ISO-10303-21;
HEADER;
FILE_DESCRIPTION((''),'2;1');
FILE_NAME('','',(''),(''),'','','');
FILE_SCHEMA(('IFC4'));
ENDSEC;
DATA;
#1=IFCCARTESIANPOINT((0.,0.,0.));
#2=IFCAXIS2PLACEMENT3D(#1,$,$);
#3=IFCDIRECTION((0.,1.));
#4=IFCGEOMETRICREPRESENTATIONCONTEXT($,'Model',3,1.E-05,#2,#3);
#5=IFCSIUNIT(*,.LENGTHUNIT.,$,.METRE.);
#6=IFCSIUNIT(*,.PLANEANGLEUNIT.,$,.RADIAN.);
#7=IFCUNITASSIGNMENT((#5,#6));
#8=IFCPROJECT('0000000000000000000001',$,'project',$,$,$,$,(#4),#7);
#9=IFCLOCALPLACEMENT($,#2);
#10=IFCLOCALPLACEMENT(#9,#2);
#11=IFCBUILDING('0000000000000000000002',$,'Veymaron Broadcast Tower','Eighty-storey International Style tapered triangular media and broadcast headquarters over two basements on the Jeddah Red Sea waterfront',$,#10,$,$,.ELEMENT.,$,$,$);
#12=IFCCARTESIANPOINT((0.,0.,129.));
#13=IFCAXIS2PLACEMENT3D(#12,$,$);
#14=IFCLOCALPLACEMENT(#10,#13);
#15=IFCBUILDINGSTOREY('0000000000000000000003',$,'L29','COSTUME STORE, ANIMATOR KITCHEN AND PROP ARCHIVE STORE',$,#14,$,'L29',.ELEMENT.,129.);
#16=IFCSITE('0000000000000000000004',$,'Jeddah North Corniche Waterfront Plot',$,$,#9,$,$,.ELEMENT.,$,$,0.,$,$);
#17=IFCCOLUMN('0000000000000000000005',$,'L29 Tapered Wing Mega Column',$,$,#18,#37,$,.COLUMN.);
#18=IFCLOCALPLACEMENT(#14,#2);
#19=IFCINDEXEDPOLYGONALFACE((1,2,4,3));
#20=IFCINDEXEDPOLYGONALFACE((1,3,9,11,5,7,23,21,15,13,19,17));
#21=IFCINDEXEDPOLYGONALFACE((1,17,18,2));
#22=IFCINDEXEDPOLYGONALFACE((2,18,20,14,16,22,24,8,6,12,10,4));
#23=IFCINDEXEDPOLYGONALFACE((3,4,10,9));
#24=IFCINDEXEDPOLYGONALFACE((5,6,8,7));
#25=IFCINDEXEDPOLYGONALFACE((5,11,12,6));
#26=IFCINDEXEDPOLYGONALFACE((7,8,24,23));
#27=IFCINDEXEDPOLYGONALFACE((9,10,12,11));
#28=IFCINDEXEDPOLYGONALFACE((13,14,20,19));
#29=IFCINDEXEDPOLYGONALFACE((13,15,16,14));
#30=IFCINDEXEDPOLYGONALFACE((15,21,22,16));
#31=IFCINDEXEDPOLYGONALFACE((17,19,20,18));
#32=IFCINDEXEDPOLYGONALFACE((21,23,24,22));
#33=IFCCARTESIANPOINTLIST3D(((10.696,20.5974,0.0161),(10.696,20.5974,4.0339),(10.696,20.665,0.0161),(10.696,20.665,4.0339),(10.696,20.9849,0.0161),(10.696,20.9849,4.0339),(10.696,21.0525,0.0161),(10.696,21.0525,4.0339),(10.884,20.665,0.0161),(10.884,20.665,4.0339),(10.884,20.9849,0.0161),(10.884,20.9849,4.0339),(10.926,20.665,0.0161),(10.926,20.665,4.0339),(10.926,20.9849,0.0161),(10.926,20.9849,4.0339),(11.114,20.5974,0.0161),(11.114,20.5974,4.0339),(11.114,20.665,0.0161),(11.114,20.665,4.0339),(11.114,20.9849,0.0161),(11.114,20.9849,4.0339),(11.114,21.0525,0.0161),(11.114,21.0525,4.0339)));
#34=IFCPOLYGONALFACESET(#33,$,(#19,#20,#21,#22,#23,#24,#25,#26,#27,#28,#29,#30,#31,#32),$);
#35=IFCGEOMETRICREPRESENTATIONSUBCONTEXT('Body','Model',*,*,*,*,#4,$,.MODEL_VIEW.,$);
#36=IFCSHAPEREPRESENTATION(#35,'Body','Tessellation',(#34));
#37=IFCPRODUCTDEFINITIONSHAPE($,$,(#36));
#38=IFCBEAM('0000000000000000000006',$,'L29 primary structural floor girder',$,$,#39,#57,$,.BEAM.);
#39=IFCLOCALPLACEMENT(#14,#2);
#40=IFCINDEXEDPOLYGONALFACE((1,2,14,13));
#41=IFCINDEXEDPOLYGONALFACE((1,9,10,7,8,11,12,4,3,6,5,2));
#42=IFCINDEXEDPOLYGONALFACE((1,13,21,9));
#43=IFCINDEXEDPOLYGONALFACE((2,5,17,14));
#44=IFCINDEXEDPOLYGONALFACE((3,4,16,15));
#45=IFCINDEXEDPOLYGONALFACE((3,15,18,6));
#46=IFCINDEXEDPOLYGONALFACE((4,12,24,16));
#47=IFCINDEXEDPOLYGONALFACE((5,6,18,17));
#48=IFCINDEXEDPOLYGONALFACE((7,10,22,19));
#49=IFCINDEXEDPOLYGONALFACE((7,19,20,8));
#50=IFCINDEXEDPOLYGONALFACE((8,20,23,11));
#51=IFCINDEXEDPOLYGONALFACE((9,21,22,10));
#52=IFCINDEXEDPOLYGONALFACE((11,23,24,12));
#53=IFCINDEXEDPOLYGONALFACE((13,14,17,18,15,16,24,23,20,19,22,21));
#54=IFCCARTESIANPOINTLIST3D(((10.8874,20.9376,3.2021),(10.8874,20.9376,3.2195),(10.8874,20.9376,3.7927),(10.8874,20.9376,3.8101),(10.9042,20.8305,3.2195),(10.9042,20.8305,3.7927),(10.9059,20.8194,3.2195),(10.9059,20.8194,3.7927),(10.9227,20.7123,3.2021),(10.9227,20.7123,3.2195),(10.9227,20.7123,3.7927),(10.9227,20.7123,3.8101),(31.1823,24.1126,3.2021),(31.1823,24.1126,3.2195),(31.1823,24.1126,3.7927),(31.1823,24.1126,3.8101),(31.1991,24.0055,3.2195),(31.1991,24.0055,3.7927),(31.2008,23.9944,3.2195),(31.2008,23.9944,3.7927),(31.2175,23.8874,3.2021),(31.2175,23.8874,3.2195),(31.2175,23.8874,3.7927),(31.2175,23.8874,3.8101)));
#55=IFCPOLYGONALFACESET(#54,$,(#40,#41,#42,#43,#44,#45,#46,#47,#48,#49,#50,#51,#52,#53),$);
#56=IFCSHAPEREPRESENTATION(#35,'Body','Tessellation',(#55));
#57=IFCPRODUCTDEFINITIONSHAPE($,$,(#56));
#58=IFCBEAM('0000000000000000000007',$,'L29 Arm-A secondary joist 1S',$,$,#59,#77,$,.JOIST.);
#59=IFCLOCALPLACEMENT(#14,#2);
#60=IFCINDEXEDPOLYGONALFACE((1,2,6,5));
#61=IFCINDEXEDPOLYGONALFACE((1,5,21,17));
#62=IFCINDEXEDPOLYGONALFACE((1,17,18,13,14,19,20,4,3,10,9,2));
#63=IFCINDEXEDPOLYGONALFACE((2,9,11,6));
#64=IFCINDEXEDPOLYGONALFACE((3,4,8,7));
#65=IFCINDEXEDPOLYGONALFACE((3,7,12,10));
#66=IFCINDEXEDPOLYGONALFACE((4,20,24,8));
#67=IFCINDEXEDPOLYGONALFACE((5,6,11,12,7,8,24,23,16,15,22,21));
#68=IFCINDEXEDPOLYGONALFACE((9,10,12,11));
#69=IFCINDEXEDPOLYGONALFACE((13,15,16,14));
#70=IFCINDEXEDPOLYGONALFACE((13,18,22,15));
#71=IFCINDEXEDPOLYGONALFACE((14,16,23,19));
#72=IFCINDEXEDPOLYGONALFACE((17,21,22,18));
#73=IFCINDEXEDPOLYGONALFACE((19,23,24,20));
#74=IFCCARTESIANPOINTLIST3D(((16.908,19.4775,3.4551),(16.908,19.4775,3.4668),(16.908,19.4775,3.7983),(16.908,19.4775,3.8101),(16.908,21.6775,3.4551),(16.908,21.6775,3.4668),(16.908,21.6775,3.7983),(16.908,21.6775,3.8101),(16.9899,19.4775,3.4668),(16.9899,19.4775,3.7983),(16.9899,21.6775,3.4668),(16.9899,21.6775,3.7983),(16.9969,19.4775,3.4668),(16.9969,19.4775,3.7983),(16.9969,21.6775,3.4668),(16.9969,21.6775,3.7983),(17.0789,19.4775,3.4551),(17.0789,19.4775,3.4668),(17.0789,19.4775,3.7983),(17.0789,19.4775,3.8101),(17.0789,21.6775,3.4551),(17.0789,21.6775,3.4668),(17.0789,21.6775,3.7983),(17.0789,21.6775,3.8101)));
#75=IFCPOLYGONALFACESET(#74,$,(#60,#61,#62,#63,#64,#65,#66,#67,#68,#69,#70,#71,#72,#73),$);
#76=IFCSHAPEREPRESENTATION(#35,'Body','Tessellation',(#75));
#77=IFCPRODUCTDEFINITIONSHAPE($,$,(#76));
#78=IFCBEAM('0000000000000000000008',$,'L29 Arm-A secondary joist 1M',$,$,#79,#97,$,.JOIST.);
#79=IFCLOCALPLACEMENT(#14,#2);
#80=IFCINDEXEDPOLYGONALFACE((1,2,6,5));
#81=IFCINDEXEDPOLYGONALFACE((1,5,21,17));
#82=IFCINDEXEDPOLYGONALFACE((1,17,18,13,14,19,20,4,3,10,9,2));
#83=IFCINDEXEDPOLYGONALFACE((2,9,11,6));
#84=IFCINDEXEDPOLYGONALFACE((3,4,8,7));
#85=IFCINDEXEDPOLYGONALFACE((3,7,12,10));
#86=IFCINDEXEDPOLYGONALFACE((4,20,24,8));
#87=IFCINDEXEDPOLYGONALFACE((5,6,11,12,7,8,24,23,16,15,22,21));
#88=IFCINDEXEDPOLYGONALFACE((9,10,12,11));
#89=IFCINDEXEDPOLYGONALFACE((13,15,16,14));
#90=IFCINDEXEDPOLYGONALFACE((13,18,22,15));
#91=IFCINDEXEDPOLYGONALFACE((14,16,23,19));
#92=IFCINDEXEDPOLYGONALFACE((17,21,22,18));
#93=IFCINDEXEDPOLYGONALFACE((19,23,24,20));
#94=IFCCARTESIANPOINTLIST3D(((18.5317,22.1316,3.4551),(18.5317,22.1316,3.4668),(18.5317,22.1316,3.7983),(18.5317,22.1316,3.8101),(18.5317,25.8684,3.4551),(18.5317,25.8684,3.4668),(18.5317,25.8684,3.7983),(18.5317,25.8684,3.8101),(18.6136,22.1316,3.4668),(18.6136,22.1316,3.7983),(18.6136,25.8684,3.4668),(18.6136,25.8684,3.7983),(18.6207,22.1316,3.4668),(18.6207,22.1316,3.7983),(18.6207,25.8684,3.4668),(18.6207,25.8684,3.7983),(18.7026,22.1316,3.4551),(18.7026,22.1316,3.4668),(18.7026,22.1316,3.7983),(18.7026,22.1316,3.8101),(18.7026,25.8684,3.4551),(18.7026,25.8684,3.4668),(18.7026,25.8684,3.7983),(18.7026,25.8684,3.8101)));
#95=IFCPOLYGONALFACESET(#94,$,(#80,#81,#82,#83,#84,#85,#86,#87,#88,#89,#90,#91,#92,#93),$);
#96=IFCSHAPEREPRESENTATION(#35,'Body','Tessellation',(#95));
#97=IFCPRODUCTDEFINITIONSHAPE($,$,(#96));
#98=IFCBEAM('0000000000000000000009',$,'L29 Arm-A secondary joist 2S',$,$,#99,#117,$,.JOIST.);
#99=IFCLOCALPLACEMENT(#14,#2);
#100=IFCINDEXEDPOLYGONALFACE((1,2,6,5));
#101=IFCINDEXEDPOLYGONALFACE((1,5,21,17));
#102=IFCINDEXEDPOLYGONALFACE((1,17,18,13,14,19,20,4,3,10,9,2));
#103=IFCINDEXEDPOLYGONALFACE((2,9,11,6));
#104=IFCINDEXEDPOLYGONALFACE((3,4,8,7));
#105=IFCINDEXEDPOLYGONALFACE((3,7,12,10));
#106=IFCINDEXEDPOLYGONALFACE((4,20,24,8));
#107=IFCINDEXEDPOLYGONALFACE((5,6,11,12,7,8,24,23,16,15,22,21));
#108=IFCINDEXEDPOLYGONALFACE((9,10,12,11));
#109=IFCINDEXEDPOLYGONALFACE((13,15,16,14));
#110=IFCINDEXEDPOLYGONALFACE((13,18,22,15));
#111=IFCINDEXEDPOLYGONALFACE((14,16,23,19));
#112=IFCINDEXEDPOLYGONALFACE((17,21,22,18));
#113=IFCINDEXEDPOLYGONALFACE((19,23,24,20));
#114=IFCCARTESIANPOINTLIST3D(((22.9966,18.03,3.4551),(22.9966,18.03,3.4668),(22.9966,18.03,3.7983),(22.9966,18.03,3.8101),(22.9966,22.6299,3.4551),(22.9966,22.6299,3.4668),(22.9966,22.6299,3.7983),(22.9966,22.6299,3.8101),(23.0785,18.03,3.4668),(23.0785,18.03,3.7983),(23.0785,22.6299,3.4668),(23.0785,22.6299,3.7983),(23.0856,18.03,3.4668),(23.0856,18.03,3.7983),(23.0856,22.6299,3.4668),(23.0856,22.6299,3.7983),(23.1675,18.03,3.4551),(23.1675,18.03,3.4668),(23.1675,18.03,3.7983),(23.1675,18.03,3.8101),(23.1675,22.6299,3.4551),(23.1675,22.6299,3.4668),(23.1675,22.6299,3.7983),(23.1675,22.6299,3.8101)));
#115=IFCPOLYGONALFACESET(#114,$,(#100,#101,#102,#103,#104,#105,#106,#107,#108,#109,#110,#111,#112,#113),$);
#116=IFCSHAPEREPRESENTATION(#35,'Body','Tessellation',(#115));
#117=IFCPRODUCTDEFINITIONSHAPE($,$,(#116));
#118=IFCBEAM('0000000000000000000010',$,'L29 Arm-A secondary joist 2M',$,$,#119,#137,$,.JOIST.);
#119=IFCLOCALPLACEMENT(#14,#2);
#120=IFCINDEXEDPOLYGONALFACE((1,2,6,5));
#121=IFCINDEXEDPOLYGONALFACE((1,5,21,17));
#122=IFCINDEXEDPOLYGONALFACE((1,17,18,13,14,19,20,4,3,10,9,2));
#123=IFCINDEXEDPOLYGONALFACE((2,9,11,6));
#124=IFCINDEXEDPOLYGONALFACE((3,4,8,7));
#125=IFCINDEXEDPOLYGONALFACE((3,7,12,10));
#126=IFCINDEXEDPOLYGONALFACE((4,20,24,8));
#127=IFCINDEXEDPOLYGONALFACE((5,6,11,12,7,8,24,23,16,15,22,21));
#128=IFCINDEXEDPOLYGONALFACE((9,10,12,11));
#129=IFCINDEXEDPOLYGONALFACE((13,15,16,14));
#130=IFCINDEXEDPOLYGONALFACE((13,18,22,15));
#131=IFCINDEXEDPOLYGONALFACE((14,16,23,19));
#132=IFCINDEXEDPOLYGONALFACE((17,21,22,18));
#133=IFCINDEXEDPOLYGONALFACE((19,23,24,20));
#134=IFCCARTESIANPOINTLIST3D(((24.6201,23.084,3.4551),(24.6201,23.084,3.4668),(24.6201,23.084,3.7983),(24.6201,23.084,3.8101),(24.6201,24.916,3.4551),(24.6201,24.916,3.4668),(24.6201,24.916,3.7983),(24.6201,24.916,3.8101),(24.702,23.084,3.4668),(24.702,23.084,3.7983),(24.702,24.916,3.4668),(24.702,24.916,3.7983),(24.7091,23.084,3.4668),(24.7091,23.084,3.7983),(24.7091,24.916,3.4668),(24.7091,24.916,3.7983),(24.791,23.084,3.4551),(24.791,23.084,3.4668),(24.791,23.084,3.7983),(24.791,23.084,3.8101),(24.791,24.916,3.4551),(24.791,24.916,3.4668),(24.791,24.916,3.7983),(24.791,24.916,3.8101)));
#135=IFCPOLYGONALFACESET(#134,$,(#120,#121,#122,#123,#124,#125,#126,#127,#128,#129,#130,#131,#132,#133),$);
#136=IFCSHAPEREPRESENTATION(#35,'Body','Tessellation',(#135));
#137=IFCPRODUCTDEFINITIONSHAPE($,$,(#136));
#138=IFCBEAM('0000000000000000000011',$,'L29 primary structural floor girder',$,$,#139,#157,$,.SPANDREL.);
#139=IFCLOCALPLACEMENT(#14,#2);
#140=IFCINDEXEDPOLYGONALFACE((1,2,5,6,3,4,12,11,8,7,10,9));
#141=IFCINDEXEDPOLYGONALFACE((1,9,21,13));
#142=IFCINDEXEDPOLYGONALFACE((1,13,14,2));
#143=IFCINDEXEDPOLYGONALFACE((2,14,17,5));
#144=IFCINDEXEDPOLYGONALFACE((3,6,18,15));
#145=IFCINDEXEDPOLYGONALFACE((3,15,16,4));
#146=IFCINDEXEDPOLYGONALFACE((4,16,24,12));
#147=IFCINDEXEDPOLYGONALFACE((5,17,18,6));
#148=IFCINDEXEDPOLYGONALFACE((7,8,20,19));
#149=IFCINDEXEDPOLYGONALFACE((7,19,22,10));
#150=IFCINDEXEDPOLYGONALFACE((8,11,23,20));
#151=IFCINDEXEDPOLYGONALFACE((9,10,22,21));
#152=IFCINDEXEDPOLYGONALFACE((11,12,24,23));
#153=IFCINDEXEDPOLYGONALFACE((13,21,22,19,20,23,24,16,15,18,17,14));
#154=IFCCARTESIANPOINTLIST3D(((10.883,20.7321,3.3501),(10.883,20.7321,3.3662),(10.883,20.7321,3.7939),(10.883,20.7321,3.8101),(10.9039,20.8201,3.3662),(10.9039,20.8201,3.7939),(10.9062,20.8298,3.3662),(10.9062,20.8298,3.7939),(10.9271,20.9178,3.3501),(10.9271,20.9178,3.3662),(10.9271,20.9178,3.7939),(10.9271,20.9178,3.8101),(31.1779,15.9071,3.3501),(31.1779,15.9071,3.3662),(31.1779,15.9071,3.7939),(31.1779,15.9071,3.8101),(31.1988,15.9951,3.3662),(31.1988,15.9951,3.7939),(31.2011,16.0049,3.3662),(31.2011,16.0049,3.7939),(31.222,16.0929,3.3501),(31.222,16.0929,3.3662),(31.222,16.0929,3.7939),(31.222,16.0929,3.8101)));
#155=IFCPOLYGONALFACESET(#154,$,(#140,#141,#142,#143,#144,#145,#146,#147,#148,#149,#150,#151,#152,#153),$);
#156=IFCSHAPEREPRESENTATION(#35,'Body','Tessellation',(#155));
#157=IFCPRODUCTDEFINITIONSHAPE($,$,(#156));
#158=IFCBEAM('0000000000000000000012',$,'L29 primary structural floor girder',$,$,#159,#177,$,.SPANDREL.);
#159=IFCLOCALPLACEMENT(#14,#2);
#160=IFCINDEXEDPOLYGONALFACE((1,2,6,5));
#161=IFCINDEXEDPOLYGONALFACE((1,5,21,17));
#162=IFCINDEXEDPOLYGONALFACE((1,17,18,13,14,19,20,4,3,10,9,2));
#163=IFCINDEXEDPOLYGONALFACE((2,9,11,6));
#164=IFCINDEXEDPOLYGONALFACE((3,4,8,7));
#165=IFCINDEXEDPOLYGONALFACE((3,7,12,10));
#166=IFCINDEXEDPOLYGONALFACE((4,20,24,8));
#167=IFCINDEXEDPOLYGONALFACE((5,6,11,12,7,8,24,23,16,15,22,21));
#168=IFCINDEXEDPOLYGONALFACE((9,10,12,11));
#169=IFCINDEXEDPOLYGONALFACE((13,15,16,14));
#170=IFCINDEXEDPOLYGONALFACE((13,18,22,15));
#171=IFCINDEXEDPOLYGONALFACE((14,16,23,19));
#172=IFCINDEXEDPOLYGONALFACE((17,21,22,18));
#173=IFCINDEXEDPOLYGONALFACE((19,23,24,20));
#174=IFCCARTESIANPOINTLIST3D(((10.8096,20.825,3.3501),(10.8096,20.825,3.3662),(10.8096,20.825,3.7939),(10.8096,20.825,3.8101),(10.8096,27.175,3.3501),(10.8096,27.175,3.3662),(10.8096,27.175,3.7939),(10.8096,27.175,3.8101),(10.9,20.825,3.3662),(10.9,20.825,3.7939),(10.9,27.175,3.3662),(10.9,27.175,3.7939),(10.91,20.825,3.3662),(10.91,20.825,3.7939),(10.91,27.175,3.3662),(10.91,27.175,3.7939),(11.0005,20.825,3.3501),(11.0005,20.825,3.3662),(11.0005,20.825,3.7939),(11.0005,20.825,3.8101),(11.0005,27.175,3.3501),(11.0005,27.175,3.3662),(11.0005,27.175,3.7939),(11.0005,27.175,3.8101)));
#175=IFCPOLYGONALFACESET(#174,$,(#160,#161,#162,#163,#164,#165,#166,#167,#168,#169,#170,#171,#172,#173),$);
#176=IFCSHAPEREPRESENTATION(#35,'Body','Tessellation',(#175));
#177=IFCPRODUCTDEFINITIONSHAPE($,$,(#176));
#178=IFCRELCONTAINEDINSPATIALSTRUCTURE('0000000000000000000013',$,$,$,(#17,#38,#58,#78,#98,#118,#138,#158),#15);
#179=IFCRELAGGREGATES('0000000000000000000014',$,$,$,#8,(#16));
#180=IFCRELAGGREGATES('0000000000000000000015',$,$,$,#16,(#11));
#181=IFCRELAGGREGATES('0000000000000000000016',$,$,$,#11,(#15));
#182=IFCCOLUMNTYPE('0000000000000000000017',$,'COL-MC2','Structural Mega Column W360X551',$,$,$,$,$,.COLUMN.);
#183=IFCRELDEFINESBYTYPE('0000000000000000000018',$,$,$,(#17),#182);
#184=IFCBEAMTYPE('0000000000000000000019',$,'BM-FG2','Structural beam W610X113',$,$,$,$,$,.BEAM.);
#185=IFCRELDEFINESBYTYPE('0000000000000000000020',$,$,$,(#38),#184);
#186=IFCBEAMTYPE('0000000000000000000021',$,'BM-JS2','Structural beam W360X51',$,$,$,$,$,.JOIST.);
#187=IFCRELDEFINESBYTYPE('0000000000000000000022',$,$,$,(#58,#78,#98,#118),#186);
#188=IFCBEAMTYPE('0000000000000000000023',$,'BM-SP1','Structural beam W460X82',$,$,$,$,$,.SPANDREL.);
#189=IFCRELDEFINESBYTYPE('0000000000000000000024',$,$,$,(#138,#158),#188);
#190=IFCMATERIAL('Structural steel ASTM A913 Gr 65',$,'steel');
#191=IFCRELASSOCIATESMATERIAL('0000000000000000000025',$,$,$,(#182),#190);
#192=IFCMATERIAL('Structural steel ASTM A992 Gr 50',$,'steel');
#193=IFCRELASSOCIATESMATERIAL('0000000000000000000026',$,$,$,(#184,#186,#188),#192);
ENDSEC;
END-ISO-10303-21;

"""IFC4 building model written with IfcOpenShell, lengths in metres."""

from ifc_helpers import new_model, si_unit, direction, frame, origin, origin_2d, place, context, subcontext, project, spatial, i_section, extrude, material, material_profile, profile_set, type_object, element, save


model = new_model("IFC4")

# Units and contexts
model_context = context("Model", 3, precision=1e-05, world=origin(), true_north=direction((0.0, 1.0)))
body_context = subcontext(model_context, "Body", "Model", "MODEL_VIEW")
ifc_project = project(units=[si_unit("LENGTHUNIT", "METRE"), si_unit("PLANEANGLEUNIT", "RADIAN")], contexts=[model_context])

# Site, building, storey
site_placement = place(None, origin())
site = spatial("IfcSite", under=ifc_project, at=site_placement, Name="Jeddah North Corniche Waterfront Plot", CompositionType="ELEMENT", RefElevation=0.0)
building_placement = place(site_placement, origin())
building = spatial("IfcBuilding", under=site, at=building_placement, Name="Veymaron Broadcast Tower", Description="Eighty-storey International Style tapered triangular media and broadcast headquarters over two basements on the Jeddah Red Sea waterfront", CompositionType="ELEMENT")
storey_placement = place(building_placement, frame((0.0, 0.0, 129.0)))
storey = spatial("IfcBuildingStorey", under=building, at=storey_placement, Name="L29", Description="COSTUME STORE, ANIMATOR KITCHEN AND PROP ARCHIVE STORE", LongName="L29", CompositionType="ELEMENT", Elevation=129.0)

# Column
ifc_material_1 = material(Name="Structural steel ASTM A913 Gr 65", Category="steel")
ifc_material_profile_1 = material_profile(ifc_material_1, i_section(OverallWidth=0.418, OverallDepth=0.4551, WebThickness=0.042, FlangeThickness=0.0676, at=origin_2d()), Name="W360X551")
ifc_profile_set_1 = profile_set([ifc_material_profile_1], Name="Structural steel ASTM A913 Gr 65")
column_type = type_object("IfcColumnType", Name="COL-MC2", Description="Structural Mega Column W360X551", PredefinedType="COLUMN", material=ifc_profile_set_1)
column_placement = place(storey_placement, frame((10.905, 20.825, 0.0161), z_axis=(0.0, 0.0, 1.0), x_axis=(1.0, 0.0, 0.0)))
element("IfcColumn", 1, at=column_placement, inside=storey, type_object=column_type, Name="L29 Tapered Wing Mega Column", PredefinedType="COLUMN", context=body_context, shape_type="SweptSolid", body=[
    extrude(i_section(OverallWidth=0.418, OverallDepth=0.4551, WebThickness=0.042, FlangeThickness=0.0676, at=origin_2d()), origin(), (0.0, 0.0, 1.0), 4.0178),
])

# Beams
ifc_material_2 = material(Name="Structural steel ASTM A992 Gr 50", Category="steel")
ifc_material_profile_2 = material_profile(ifc_material_2, i_section(OverallWidth=0.228, OverallDepth=0.6079, WebThickness=0.0112, FlangeThickness=0.0173, at=origin_2d()), Name="W610X113")
ifc_profile_set_2 = profile_set([ifc_material_profile_2], Name="Structural steel ASTM A992 Gr 50")
beam_type_1 = type_object("IfcBeamType", Name="BM-FG2", Description="Structural beam W610X113", PredefinedType="BEAM", material=ifc_profile_set_2)
beam_1_placement = place(storey_placement, frame((10.905, 20.825, 3.5061), z_axis=(0.987983, 0.154565, 0.0), x_axis=(-0.154565, 0.987983, 0.0)))
element("IfcBeam", 2, at=beam_1_placement, inside=storey, type_object=beam_type_1, Name="L29 primary structural floor girder", PredefinedType="BEAM", context=body_context, shape_type="SweptSolid", body=[
    extrude(i_section(OverallWidth=0.228, OverallDepth=0.6079, WebThickness=0.0112, FlangeThickness=0.0173, at=origin_2d()), origin(), (0.0, 0.0, 1.0), 20.5417),
])
ifc_material_profile_3 = material_profile(ifc_material_2, i_section(OverallWidth=0.1709, OverallDepth=0.355, WebThickness=0.0071, FlangeThickness=0.0117, at=origin_2d()), Name="W360X51")
ifc_profile_set_3 = profile_set([ifc_material_profile_3], Name="Structural steel ASTM A992 Gr 50")
beam_type_2 = type_object("IfcBeamType", Name="BM-JS2", Description="Structural beam W360X51", PredefinedType="JOIST", material=ifc_profile_set_3)
beam_2_placement = place(storey_placement, frame((16.9934, 19.4775, 3.6326), z_axis=(0.0, 1.0, 0.0), x_axis=(-1.0, 0.0, 0.0)))
element("IfcBeam", 3, at=beam_2_placement, inside=storey, type_object=beam_type_2, Name="L29 Arm-A secondary joist 1S", PredefinedType="JOIST", context=body_context, shape_type="SweptSolid", body=[
    extrude(i_section(OverallWidth=0.1709, OverallDepth=0.355, WebThickness=0.0071, FlangeThickness=0.0117, at=origin_2d()), origin(), (0.0, 0.0, 1.0), 2.2),
])
beam_3_placement = place(storey_placement, frame((18.6172, 22.1316, 3.6326), z_axis=(0.0, 1.0, 0.0), x_axis=(-1.0, 0.0, 0.0)))
element("IfcBeam", 4, at=beam_3_placement, inside=storey, type_object=beam_type_2, Name="L29 Arm-A secondary joist 1M", PredefinedType="JOIST", context=body_context, shape_type="SweptSolid", body=[
    extrude(i_section(OverallWidth=0.1709, OverallDepth=0.355, WebThickness=0.0071, FlangeThickness=0.0117, at=origin_2d()), origin(), (0.0, 0.0, 1.0), 3.7368),
])
beam_4_placement = place(storey_placement, frame((23.082, 18.03, 3.6326), z_axis=(0.0, 1.0, 0.0), x_axis=(-1.0, 0.0, 0.0)))
element("IfcBeam", 5, at=beam_4_placement, inside=storey, type_object=beam_type_2, Name="L29 Arm-A secondary joist 2S", PredefinedType="JOIST", context=body_context, shape_type="SweptSolid", body=[
    extrude(i_section(OverallWidth=0.1709, OverallDepth=0.355, WebThickness=0.0071, FlangeThickness=0.0117, at=origin_2d()), origin(), (0.0, 0.0, 1.0), 4.5999),
])
beam_5_placement = place(storey_placement, frame((24.7056, 23.084, 3.6326), z_axis=(0.0, 1.0, 0.0), x_axis=(-1.0, 0.0, 0.0)))
element("IfcBeam", 6, at=beam_5_placement, inside=storey, type_object=beam_type_2, Name="L29 Arm-A secondary joist 2M", PredefinedType="JOIST", context=body_context, shape_type="SweptSolid", body=[
    extrude(i_section(OverallWidth=0.1709, OverallDepth=0.355, WebThickness=0.0071, FlangeThickness=0.0117, at=origin_2d()), origin(), (0.0, 0.0, 1.0), 1.832),
])
ifc_material_profile_4 = material_profile(ifc_material_2, i_section(OverallWidth=0.1909, OverallDepth=0.46, WebThickness=0.01, FlangeThickness=0.0161, at=origin_2d()), Name="W460X82")
ifc_profile_set_4 = profile_set([ifc_material_profile_4], Name="Structural steel ASTM A992 Gr 50")
beam_type_3 = type_object("IfcBeamType", Name="BM-SP1", Description="Structural beam W460X82", PredefinedType="SPANDREL", material=ifc_profile_set_4)
beam_6_placement = place(storey_placement, frame((10.905, 20.825, 3.5801), z_axis=(0.972884, -0.231295, 0.0), x_axis=(0.231295, 0.972884, 0.0)))
element("IfcBeam", 7, at=beam_6_placement, inside=storey, type_object=beam_type_3, Name="L29 primary structural floor girder", PredefinedType="SPANDREL", context=body_context, shape_type="SweptSolid", body=[
    extrude(i_section(OverallWidth=0.1909, OverallDepth=0.46, WebThickness=0.01, FlangeThickness=0.0161, at=origin_2d()), origin(), (0.0, 0.0, 1.0), 20.8606),
])
beam_7_placement = place(storey_placement, frame((10.905, 20.825, 3.5801), z_axis=(0.0, 1.0, 0.0), x_axis=(-1.0, 0.0, 0.0)))
element("IfcBeam", 8, at=beam_7_placement, inside=storey, type_object=beam_type_3, Name="L29 primary structural floor girder", PredefinedType="SPANDREL", context=body_context, shape_type="SweptSolid", body=[
    extrude(i_section(OverallWidth=0.1909, OverallDepth=0.46, WebThickness=0.01, FlangeThickness=0.0161, at=origin_2d()), origin(), (0.0, 0.0, 1.0), 6.3501),
])

save(model, "model.ifc")
